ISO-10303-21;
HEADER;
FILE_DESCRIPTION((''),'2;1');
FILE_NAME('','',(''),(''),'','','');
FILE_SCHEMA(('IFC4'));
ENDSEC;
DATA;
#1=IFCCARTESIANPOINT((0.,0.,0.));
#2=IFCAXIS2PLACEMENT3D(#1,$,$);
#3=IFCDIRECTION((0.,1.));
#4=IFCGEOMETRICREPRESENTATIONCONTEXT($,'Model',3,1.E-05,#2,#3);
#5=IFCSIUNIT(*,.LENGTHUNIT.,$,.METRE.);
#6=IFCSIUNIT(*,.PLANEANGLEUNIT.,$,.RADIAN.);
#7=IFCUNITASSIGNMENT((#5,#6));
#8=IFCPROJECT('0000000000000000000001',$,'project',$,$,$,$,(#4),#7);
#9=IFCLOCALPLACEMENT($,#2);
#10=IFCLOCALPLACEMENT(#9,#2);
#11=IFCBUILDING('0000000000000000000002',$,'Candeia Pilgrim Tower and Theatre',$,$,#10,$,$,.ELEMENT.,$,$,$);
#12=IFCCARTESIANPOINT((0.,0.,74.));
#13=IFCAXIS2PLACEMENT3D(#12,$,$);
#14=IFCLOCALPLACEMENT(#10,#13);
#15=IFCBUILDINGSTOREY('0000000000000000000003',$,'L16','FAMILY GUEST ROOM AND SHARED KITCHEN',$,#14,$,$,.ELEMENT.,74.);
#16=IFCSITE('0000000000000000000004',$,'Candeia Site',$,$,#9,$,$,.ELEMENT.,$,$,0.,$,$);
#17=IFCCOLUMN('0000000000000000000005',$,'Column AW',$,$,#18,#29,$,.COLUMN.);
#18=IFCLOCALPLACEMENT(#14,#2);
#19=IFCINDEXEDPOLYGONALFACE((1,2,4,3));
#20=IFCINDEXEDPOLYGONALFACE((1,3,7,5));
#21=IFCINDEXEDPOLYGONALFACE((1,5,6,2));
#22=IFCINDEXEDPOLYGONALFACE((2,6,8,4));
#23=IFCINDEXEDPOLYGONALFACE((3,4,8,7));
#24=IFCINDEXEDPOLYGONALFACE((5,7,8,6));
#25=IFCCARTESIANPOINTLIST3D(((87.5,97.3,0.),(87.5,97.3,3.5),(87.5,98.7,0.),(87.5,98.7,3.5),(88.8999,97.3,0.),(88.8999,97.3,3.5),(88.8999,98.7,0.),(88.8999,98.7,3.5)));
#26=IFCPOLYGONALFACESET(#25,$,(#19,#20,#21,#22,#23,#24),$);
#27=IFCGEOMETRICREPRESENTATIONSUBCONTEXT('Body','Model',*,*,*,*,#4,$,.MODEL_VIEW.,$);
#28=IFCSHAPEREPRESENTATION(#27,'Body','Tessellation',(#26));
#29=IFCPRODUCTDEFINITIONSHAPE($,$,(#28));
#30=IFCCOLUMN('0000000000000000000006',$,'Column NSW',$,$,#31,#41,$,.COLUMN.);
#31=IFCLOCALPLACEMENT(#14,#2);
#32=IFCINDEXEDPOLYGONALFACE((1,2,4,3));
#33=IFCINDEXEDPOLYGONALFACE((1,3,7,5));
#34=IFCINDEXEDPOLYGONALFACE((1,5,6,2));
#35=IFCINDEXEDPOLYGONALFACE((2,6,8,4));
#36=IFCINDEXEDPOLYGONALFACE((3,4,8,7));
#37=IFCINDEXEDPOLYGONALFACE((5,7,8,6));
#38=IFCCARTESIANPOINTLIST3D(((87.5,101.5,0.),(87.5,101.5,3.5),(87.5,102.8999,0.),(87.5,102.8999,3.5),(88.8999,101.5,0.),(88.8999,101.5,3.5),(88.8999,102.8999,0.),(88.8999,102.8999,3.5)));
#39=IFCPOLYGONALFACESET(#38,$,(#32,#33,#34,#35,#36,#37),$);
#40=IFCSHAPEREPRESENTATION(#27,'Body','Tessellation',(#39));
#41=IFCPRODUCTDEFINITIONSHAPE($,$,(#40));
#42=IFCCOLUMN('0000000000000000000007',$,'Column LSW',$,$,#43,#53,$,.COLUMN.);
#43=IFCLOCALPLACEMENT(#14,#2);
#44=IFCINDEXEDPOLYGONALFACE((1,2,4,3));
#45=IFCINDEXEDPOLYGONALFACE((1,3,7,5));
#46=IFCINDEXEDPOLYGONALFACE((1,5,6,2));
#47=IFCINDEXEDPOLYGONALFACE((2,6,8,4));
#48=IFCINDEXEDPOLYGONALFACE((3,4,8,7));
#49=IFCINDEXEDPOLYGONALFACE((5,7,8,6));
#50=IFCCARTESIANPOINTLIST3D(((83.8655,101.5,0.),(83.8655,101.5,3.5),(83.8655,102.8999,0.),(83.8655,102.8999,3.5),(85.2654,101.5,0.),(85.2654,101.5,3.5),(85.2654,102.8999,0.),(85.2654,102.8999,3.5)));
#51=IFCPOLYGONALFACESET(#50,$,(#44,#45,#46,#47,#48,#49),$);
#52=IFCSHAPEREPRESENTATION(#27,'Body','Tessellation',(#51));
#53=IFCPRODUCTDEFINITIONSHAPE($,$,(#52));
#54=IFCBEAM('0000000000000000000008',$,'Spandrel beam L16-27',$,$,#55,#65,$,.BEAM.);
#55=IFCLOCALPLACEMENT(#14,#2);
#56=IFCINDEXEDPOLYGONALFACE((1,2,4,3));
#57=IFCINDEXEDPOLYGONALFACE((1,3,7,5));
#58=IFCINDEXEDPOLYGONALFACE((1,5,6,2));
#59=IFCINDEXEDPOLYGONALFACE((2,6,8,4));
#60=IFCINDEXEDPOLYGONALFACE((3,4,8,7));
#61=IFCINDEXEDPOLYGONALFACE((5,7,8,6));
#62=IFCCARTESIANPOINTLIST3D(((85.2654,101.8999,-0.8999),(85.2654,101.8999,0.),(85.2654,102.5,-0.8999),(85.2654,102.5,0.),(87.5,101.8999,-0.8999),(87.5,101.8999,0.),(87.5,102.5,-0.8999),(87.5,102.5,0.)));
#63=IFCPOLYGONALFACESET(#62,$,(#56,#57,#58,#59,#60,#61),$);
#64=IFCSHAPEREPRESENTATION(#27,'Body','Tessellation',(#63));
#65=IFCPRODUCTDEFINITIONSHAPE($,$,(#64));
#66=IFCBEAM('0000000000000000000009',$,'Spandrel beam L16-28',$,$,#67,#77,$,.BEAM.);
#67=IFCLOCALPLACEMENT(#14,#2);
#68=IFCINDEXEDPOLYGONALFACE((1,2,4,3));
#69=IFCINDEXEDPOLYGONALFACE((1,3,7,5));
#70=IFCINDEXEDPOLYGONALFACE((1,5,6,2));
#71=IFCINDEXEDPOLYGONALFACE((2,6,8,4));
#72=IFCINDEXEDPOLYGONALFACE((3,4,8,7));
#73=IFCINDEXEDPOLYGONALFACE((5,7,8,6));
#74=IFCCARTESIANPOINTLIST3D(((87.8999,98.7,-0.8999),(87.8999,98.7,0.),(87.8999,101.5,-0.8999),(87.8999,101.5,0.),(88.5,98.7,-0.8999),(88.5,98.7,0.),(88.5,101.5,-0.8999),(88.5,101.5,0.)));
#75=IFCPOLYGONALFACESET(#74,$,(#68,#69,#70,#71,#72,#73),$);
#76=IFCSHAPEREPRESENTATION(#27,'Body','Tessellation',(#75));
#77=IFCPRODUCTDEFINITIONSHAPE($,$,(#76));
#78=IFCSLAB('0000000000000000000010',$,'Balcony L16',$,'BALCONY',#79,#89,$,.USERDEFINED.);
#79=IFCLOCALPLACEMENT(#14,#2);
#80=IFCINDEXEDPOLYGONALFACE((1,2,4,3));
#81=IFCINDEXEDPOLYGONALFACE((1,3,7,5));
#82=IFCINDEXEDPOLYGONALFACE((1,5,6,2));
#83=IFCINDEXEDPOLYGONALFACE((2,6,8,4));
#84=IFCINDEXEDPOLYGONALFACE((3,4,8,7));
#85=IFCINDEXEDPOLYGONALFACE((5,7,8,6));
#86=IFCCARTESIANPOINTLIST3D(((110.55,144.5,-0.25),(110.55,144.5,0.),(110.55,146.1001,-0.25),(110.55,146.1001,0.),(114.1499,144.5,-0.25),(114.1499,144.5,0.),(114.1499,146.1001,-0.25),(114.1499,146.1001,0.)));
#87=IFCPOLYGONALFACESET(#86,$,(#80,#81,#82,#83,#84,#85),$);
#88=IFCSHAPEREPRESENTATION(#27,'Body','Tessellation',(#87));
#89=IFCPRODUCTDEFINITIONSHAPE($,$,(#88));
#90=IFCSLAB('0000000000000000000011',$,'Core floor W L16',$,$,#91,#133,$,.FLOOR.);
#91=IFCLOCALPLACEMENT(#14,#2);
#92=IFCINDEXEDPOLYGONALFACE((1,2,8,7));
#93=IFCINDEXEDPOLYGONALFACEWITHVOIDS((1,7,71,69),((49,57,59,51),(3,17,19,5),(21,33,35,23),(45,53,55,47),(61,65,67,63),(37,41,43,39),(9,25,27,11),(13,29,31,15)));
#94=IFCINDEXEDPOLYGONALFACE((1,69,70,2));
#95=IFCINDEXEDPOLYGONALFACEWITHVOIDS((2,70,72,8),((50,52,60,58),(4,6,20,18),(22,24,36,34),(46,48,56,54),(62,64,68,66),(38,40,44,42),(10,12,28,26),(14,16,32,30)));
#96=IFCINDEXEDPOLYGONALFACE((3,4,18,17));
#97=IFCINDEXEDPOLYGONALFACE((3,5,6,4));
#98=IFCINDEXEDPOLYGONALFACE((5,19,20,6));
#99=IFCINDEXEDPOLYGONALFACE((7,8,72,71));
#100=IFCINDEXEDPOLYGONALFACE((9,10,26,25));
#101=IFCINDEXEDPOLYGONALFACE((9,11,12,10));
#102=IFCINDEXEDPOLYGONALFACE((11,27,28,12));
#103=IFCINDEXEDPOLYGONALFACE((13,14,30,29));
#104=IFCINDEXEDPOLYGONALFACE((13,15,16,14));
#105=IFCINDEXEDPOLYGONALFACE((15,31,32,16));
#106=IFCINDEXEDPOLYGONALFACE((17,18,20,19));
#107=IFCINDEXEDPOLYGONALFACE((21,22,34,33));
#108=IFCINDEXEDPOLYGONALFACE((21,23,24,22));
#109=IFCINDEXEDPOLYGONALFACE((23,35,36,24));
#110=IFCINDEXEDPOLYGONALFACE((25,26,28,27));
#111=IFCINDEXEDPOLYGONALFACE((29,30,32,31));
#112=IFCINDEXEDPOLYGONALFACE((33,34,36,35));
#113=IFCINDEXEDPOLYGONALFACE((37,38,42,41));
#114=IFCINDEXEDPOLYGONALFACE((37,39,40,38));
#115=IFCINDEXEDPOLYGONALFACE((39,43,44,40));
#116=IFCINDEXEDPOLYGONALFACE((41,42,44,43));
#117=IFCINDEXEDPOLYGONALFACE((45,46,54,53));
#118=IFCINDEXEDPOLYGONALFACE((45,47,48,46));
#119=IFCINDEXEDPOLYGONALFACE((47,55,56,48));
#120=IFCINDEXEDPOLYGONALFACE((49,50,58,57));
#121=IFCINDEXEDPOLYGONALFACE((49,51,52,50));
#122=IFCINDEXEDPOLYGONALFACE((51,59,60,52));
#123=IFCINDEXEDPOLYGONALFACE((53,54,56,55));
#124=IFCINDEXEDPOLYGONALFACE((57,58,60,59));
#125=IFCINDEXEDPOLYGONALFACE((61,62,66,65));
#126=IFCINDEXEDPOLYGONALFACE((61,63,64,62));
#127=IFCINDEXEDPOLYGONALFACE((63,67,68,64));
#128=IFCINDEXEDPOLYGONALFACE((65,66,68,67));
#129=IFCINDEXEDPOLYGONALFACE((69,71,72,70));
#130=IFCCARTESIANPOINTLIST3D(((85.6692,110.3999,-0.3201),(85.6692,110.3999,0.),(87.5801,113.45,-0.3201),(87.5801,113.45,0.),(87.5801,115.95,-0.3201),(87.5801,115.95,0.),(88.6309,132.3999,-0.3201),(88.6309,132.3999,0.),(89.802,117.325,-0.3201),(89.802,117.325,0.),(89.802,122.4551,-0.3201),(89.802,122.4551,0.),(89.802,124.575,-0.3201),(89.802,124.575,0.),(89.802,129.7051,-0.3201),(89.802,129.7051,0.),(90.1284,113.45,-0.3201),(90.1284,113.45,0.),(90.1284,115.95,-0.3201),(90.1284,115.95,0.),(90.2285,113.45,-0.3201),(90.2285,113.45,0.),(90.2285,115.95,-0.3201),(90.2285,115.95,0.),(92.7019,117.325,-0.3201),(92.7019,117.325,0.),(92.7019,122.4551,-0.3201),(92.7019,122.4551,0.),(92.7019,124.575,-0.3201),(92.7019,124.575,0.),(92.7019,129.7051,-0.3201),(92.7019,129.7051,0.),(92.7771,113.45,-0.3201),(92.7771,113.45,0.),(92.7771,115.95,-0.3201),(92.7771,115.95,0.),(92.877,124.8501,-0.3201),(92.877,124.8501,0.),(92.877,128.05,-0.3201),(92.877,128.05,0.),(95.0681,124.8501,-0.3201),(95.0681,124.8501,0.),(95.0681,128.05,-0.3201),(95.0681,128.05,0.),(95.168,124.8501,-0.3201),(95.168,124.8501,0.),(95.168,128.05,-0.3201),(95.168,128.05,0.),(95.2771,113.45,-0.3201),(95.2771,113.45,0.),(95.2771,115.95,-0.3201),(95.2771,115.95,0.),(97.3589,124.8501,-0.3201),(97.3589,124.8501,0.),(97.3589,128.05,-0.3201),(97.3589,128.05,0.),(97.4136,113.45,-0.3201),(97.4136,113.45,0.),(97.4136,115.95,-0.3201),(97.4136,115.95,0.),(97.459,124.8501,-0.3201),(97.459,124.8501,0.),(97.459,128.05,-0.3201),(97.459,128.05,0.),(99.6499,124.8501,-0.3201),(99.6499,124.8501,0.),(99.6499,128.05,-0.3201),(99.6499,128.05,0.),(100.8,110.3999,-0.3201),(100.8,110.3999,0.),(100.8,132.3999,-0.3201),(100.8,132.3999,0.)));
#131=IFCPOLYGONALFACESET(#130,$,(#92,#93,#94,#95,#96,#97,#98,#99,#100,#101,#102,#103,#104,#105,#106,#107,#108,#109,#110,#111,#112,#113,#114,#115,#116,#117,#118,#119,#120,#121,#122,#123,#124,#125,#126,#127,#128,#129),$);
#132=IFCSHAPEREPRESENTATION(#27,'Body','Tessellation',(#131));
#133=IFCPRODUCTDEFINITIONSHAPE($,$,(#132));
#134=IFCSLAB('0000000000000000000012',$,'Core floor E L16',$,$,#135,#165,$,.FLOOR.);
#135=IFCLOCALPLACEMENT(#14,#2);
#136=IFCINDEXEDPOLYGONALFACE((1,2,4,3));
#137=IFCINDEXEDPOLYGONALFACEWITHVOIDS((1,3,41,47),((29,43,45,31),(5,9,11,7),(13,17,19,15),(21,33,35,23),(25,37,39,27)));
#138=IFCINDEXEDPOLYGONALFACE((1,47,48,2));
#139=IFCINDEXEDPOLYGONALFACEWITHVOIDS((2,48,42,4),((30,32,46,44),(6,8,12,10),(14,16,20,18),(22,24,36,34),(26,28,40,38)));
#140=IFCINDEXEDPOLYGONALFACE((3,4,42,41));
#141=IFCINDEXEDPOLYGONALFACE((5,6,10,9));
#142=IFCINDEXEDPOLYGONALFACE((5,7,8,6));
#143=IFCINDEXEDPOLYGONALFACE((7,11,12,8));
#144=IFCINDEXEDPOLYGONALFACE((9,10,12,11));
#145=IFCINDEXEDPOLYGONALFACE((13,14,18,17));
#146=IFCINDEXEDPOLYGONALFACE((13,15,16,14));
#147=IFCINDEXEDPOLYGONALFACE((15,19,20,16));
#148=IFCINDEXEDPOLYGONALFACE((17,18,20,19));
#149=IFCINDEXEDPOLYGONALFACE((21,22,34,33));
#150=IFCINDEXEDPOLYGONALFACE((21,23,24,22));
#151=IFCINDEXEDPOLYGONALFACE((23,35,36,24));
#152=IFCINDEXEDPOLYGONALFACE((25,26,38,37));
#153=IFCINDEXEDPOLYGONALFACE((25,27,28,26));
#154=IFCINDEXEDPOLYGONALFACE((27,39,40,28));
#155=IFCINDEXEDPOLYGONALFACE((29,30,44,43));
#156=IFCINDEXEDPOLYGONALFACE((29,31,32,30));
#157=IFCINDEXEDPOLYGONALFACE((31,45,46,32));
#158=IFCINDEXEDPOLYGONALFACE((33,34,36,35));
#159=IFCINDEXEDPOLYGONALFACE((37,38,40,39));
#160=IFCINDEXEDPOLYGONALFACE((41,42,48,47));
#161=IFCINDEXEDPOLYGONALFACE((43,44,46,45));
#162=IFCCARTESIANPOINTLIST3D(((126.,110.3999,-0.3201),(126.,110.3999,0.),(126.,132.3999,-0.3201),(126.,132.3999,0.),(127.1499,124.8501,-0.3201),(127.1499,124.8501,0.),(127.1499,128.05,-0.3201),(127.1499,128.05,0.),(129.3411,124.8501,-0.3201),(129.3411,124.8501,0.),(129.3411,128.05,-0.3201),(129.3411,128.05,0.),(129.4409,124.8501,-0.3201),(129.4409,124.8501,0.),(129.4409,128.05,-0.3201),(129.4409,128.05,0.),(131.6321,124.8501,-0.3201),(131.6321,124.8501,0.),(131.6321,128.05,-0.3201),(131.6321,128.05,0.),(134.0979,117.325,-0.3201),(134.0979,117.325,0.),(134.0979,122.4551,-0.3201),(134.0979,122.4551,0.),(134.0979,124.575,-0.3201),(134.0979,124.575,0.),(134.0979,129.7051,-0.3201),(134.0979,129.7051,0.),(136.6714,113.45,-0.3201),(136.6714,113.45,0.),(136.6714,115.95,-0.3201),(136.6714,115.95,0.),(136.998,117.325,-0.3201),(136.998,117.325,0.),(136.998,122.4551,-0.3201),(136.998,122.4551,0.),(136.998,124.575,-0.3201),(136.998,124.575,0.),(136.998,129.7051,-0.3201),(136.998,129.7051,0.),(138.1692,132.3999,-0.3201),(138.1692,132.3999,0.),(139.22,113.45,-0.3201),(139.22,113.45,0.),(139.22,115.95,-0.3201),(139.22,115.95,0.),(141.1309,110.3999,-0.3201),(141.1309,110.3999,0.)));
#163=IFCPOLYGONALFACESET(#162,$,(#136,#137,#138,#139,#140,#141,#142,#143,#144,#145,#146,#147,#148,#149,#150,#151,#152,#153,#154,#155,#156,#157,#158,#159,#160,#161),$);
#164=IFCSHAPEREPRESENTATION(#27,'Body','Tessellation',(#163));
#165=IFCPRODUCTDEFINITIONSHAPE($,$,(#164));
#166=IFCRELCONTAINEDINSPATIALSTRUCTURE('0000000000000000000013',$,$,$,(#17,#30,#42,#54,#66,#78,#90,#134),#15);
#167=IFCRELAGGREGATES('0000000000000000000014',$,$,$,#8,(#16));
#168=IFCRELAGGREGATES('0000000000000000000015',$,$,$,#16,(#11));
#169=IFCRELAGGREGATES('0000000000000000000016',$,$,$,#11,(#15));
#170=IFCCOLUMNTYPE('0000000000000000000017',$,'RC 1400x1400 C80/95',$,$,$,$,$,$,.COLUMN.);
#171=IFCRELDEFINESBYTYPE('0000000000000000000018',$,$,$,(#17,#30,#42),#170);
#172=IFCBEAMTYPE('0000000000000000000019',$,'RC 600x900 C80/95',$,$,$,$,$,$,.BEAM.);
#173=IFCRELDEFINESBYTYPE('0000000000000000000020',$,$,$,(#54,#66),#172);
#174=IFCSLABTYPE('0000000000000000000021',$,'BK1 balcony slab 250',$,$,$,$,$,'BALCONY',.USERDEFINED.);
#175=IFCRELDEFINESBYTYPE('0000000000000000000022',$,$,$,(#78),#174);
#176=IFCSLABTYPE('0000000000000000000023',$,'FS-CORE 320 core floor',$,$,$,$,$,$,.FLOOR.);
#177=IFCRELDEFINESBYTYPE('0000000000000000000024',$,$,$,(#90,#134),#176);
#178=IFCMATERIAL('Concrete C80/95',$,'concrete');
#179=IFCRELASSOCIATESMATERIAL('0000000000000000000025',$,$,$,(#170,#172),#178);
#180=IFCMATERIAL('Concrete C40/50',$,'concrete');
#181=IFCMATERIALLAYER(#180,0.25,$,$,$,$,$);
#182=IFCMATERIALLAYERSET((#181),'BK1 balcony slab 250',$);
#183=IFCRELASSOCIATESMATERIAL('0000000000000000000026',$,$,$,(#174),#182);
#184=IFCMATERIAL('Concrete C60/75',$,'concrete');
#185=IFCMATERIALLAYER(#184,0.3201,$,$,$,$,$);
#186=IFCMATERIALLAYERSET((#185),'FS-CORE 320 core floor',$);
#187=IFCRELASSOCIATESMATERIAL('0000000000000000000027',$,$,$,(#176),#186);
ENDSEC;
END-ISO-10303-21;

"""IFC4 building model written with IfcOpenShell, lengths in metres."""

from ifc_helpers import new_model, si_unit, direction, frame, origin, origin_2d, place, context, subcontext, project, spatial, polyline, rectangle, outline, extrude, material, layer, layer_set, material_profile, profile_set, type_object, element, save


model = new_model("IFC4")

# Units and contexts
model_context = context("Model", 3, precision=1e-05, world=origin(), true_north=direction((0.0, 1.0)))
body_context = subcontext(model_context, "Body", "Model", "MODEL_VIEW")
ifc_project = project(units=[si_unit("LENGTHUNIT", "METRE"), si_unit("PLANEANGLEUNIT", "RADIAN")], contexts=[model_context])

# Site, building, storey
site_placement = place(None, origin())
site = spatial("IfcSite", under=ifc_project, at=site_placement, Name="Candeia Site", CompositionType="ELEMENT", RefElevation=0.0)
building_placement = place(site_placement, origin())
building = spatial("IfcBuilding", under=site, at=building_placement, Name="Candeia Pilgrim Tower and Theatre", CompositionType="ELEMENT")
storey_placement = place(building_placement, frame((0.0, 0.0, 74.0)))
storey = spatial("IfcBuildingStorey", under=building, at=storey_placement, Name="L16", Description="FAMILY GUEST ROOM AND SHARED KITCHEN", CompositionType="ELEMENT", Elevation=74.0)

# Columns
ifc_material_1 = material(Name="Concrete C80/95", Category="concrete")
ifc_material_profile_1 = material_profile(ifc_material_1, rectangle(XDim=1.3999, YDim=1.3999, at=origin_2d()))
ifc_profile_set_1 = profile_set([ifc_material_profile_1], Name="Concrete C80/95")
column_type = type_object("IfcColumnType", Name="RC 1400x1400 C80/95", PredefinedType="COLUMN", material=ifc_profile_set_1)
for number, where, z_axis, x_axis, name in (
    (1, (88.2, 98.0, 0.0), (0.0, 0.0, 1.0), (1.0, 0.0, 0.0), "Column AW"),
    (2, (88.2, 102.2, 0.0), (0.0, 0.0, 1.0), (1.0, 0.0, 0.0), "Column NSW"),
    (3, (84.5654, 102.2, 0.0), (0.0, 0.0, 1.0), (1.0, 0.0, 0.0), "Column LSW"),
):
    element("IfcColumn", number, at=place(storey_placement, frame(where, z_axis=z_axis, x_axis=x_axis)), inside=storey, type_object=column_type, Name=name, PredefinedType="COLUMN", context=body_context, shape_type="SweptSolid", body=[
        extrude(rectangle(XDim=1.3999, YDim=1.3999, at=origin_2d()), origin(), (0.0, 0.0, 1.0), 3.5),
    ])

# Beams
ifc_material_profile_2 = material_profile(ifc_material_1, rectangle(XDim=0.6001, YDim=0.8999, at=origin_2d()))
ifc_profile_set_2 = profile_set([ifc_material_profile_2], Name="Concrete C80/95")
beam_type = type_object("IfcBeamType", Name="RC 600x900 C80/95", PredefinedType="BEAM", material=ifc_profile_set_2)
beam_1_placement = place(storey_placement, frame((85.2654, 102.2, -0.45), z_axis=(1.0, 0.0, 0.0), x_axis=(0.0, 1.0, 0.0)))
element("IfcBeam", 4, at=beam_1_placement, inside=storey, type_object=beam_type, Name="Spandrel beam L16-27", PredefinedType="BEAM", context=body_context, shape_type="SweptSolid", body=[
    extrude(rectangle(XDim=0.6001, YDim=0.8999, at=origin_2d()), origin(), (0.0, 0.0, 1.0), 2.2346),
])
beam_2_placement = place(storey_placement, frame((88.2, 101.5, -0.45), z_axis=(0.0, -1.0, 0.0), x_axis=(1.0, 0.0, 0.0)))
element("IfcBeam", 5, at=beam_2_placement, inside=storey, type_object=beam_type, Name="Spandrel beam L16-28", PredefinedType="BEAM", context=body_context, shape_type="SweptSolid", body=[
    extrude(rectangle(XDim=0.6001, YDim=0.8999, at=origin_2d()), origin(), (0.0, 0.0, 1.0), 2.8),
])

# Slabs
ifc_material_2 = material(Name="Concrete C40/50", Category="concrete")
ifc_layer_1 = layer(ifc_material_2, 0.25)
ifc_layer_set_1 = layer_set([ifc_layer_1], Name="BK1 balcony slab 250")
slab_type_1 = type_object("IfcSlabType", Name="BK1 balcony slab 250", ElementType="BALCONY", PredefinedType="USERDEFINED", material=ifc_layer_set_1)
slab_1_placement = place(storey_placement, frame((0.0, 0.0, -0.25)))
element("IfcSlab", 6, at=slab_1_placement, inside=storey, type_object=slab_type_1, Name="Balcony L16", ObjectType="BALCONY", PredefinedType="USERDEFINED", context=body_context, shape_type="SweptSolid", body=[
    extrude(outline(polyline([(110.55, 144.5), (114.1499, 144.5), (114.1499, 146.1001), (110.55, 146.1001), (110.55, 144.5)])), origin(), (0.0, 0.0, 1.0), 0.25),
])
ifc_material_3 = material(Name="Concrete C60/75", Category="concrete")
ifc_layer_2 = layer(ifc_material_3, 0.3201)
ifc_layer_set_2 = layer_set([ifc_layer_2], Name="FS-CORE 320 core floor")
slab_type_2 = type_object("IfcSlabType", Name="FS-CORE 320 core floor", PredefinedType="FLOOR", material=ifc_layer_set_2)
slab_2_placement = place(storey_placement, frame((0.0, 0.0, -0.3201)))
element("IfcSlab", 7, at=slab_2_placement, inside=storey, type_object=slab_type_2, Name="Core floor W L16", PredefinedType="FLOOR", context=body_context, shape_type="SweptSolid", body=[
    extrude(outline(polyline([(100.8, 132.3999), (100.8, 110.3999), (85.6692, 110.3999), (88.6309, 132.3999), (100.8, 132.3999)]), holes=[polyline([(97.459, 128.05), (97.459, 124.8501), (99.6499, 124.8501), (99.6499, 128.05), (97.459, 128.05)]), polyline([(95.2771, 115.95), (95.2771, 113.45), (97.4136, 113.45), (97.4136, 115.95), (95.2771, 115.95)]), polyline([(95.168, 128.05), (95.168, 124.8501), (97.3589, 124.8501), (97.3589, 128.05), (95.168, 128.05)]), polyline([(92.877, 128.05), (92.877, 124.8501), (95.0681, 124.8501), (95.0681, 128.05), (92.877, 128.05)]), polyline([(90.2285, 115.95), (90.2285, 113.45), (92.7771, 113.45), (92.7771, 115.95), (90.2285, 115.95)]), polyline([(89.802, 122.4551), (89.802, 117.325), (92.7019, 117.325), (92.7019, 122.4551), (89.802, 122.4551)]), polyline([(89.802, 129.7051), (89.802, 124.575), (92.7019, 124.575), (92.7019, 129.7051), (89.802, 129.7051)]), polyline([(87.5801, 115.95), (87.5801, 113.45), (90.1284, 113.45), (90.1284, 115.95), (87.5801, 115.95)])]), origin(), (0.0, 0.0, 1.0), 0.3201),
])
slab_3_placement = place(storey_placement, frame((0.0, 0.0, -0.3201)))
element("IfcSlab", 8, at=slab_3_placement, inside=storey, type_object=slab_type_2, Name="Core floor E L16", PredefinedType="FLOOR", context=body_context, shape_type="SweptSolid", body=[
    extrude(outline(polyline([(138.1692, 132.3999), (141.1309, 110.3999), (126.0, 110.3999), (126.0, 132.3999), (138.1692, 132.3999)]), holes=[polyline([(136.6714, 115.95), (136.6714, 113.45), (139.22, 113.45), (139.22, 115.95), (136.6714, 115.95)]), polyline([(134.0979, 117.325), (136.998, 117.325), (136.998, 122.4551), (134.0979, 122.4551), (134.0979, 117.325)]), polyline([(134.0979, 129.7051), (134.0979, 124.575), (136.998, 124.575), (136.998, 129.7051), (134.0979, 129.7051)]), polyline([(131.6321, 128.05), (129.4409, 128.05), (129.4409, 124.8501), (131.6321, 124.8501), (131.6321, 128.05)]), polyline([(127.1499, 128.05), (127.1499, 124.8501), (129.3411, 124.8501), (129.3411, 128.05), (127.1499, 128.05)])]), origin(), (0.0, 0.0, 1.0), 0.3201),
])

save(model, "model.ifc")
